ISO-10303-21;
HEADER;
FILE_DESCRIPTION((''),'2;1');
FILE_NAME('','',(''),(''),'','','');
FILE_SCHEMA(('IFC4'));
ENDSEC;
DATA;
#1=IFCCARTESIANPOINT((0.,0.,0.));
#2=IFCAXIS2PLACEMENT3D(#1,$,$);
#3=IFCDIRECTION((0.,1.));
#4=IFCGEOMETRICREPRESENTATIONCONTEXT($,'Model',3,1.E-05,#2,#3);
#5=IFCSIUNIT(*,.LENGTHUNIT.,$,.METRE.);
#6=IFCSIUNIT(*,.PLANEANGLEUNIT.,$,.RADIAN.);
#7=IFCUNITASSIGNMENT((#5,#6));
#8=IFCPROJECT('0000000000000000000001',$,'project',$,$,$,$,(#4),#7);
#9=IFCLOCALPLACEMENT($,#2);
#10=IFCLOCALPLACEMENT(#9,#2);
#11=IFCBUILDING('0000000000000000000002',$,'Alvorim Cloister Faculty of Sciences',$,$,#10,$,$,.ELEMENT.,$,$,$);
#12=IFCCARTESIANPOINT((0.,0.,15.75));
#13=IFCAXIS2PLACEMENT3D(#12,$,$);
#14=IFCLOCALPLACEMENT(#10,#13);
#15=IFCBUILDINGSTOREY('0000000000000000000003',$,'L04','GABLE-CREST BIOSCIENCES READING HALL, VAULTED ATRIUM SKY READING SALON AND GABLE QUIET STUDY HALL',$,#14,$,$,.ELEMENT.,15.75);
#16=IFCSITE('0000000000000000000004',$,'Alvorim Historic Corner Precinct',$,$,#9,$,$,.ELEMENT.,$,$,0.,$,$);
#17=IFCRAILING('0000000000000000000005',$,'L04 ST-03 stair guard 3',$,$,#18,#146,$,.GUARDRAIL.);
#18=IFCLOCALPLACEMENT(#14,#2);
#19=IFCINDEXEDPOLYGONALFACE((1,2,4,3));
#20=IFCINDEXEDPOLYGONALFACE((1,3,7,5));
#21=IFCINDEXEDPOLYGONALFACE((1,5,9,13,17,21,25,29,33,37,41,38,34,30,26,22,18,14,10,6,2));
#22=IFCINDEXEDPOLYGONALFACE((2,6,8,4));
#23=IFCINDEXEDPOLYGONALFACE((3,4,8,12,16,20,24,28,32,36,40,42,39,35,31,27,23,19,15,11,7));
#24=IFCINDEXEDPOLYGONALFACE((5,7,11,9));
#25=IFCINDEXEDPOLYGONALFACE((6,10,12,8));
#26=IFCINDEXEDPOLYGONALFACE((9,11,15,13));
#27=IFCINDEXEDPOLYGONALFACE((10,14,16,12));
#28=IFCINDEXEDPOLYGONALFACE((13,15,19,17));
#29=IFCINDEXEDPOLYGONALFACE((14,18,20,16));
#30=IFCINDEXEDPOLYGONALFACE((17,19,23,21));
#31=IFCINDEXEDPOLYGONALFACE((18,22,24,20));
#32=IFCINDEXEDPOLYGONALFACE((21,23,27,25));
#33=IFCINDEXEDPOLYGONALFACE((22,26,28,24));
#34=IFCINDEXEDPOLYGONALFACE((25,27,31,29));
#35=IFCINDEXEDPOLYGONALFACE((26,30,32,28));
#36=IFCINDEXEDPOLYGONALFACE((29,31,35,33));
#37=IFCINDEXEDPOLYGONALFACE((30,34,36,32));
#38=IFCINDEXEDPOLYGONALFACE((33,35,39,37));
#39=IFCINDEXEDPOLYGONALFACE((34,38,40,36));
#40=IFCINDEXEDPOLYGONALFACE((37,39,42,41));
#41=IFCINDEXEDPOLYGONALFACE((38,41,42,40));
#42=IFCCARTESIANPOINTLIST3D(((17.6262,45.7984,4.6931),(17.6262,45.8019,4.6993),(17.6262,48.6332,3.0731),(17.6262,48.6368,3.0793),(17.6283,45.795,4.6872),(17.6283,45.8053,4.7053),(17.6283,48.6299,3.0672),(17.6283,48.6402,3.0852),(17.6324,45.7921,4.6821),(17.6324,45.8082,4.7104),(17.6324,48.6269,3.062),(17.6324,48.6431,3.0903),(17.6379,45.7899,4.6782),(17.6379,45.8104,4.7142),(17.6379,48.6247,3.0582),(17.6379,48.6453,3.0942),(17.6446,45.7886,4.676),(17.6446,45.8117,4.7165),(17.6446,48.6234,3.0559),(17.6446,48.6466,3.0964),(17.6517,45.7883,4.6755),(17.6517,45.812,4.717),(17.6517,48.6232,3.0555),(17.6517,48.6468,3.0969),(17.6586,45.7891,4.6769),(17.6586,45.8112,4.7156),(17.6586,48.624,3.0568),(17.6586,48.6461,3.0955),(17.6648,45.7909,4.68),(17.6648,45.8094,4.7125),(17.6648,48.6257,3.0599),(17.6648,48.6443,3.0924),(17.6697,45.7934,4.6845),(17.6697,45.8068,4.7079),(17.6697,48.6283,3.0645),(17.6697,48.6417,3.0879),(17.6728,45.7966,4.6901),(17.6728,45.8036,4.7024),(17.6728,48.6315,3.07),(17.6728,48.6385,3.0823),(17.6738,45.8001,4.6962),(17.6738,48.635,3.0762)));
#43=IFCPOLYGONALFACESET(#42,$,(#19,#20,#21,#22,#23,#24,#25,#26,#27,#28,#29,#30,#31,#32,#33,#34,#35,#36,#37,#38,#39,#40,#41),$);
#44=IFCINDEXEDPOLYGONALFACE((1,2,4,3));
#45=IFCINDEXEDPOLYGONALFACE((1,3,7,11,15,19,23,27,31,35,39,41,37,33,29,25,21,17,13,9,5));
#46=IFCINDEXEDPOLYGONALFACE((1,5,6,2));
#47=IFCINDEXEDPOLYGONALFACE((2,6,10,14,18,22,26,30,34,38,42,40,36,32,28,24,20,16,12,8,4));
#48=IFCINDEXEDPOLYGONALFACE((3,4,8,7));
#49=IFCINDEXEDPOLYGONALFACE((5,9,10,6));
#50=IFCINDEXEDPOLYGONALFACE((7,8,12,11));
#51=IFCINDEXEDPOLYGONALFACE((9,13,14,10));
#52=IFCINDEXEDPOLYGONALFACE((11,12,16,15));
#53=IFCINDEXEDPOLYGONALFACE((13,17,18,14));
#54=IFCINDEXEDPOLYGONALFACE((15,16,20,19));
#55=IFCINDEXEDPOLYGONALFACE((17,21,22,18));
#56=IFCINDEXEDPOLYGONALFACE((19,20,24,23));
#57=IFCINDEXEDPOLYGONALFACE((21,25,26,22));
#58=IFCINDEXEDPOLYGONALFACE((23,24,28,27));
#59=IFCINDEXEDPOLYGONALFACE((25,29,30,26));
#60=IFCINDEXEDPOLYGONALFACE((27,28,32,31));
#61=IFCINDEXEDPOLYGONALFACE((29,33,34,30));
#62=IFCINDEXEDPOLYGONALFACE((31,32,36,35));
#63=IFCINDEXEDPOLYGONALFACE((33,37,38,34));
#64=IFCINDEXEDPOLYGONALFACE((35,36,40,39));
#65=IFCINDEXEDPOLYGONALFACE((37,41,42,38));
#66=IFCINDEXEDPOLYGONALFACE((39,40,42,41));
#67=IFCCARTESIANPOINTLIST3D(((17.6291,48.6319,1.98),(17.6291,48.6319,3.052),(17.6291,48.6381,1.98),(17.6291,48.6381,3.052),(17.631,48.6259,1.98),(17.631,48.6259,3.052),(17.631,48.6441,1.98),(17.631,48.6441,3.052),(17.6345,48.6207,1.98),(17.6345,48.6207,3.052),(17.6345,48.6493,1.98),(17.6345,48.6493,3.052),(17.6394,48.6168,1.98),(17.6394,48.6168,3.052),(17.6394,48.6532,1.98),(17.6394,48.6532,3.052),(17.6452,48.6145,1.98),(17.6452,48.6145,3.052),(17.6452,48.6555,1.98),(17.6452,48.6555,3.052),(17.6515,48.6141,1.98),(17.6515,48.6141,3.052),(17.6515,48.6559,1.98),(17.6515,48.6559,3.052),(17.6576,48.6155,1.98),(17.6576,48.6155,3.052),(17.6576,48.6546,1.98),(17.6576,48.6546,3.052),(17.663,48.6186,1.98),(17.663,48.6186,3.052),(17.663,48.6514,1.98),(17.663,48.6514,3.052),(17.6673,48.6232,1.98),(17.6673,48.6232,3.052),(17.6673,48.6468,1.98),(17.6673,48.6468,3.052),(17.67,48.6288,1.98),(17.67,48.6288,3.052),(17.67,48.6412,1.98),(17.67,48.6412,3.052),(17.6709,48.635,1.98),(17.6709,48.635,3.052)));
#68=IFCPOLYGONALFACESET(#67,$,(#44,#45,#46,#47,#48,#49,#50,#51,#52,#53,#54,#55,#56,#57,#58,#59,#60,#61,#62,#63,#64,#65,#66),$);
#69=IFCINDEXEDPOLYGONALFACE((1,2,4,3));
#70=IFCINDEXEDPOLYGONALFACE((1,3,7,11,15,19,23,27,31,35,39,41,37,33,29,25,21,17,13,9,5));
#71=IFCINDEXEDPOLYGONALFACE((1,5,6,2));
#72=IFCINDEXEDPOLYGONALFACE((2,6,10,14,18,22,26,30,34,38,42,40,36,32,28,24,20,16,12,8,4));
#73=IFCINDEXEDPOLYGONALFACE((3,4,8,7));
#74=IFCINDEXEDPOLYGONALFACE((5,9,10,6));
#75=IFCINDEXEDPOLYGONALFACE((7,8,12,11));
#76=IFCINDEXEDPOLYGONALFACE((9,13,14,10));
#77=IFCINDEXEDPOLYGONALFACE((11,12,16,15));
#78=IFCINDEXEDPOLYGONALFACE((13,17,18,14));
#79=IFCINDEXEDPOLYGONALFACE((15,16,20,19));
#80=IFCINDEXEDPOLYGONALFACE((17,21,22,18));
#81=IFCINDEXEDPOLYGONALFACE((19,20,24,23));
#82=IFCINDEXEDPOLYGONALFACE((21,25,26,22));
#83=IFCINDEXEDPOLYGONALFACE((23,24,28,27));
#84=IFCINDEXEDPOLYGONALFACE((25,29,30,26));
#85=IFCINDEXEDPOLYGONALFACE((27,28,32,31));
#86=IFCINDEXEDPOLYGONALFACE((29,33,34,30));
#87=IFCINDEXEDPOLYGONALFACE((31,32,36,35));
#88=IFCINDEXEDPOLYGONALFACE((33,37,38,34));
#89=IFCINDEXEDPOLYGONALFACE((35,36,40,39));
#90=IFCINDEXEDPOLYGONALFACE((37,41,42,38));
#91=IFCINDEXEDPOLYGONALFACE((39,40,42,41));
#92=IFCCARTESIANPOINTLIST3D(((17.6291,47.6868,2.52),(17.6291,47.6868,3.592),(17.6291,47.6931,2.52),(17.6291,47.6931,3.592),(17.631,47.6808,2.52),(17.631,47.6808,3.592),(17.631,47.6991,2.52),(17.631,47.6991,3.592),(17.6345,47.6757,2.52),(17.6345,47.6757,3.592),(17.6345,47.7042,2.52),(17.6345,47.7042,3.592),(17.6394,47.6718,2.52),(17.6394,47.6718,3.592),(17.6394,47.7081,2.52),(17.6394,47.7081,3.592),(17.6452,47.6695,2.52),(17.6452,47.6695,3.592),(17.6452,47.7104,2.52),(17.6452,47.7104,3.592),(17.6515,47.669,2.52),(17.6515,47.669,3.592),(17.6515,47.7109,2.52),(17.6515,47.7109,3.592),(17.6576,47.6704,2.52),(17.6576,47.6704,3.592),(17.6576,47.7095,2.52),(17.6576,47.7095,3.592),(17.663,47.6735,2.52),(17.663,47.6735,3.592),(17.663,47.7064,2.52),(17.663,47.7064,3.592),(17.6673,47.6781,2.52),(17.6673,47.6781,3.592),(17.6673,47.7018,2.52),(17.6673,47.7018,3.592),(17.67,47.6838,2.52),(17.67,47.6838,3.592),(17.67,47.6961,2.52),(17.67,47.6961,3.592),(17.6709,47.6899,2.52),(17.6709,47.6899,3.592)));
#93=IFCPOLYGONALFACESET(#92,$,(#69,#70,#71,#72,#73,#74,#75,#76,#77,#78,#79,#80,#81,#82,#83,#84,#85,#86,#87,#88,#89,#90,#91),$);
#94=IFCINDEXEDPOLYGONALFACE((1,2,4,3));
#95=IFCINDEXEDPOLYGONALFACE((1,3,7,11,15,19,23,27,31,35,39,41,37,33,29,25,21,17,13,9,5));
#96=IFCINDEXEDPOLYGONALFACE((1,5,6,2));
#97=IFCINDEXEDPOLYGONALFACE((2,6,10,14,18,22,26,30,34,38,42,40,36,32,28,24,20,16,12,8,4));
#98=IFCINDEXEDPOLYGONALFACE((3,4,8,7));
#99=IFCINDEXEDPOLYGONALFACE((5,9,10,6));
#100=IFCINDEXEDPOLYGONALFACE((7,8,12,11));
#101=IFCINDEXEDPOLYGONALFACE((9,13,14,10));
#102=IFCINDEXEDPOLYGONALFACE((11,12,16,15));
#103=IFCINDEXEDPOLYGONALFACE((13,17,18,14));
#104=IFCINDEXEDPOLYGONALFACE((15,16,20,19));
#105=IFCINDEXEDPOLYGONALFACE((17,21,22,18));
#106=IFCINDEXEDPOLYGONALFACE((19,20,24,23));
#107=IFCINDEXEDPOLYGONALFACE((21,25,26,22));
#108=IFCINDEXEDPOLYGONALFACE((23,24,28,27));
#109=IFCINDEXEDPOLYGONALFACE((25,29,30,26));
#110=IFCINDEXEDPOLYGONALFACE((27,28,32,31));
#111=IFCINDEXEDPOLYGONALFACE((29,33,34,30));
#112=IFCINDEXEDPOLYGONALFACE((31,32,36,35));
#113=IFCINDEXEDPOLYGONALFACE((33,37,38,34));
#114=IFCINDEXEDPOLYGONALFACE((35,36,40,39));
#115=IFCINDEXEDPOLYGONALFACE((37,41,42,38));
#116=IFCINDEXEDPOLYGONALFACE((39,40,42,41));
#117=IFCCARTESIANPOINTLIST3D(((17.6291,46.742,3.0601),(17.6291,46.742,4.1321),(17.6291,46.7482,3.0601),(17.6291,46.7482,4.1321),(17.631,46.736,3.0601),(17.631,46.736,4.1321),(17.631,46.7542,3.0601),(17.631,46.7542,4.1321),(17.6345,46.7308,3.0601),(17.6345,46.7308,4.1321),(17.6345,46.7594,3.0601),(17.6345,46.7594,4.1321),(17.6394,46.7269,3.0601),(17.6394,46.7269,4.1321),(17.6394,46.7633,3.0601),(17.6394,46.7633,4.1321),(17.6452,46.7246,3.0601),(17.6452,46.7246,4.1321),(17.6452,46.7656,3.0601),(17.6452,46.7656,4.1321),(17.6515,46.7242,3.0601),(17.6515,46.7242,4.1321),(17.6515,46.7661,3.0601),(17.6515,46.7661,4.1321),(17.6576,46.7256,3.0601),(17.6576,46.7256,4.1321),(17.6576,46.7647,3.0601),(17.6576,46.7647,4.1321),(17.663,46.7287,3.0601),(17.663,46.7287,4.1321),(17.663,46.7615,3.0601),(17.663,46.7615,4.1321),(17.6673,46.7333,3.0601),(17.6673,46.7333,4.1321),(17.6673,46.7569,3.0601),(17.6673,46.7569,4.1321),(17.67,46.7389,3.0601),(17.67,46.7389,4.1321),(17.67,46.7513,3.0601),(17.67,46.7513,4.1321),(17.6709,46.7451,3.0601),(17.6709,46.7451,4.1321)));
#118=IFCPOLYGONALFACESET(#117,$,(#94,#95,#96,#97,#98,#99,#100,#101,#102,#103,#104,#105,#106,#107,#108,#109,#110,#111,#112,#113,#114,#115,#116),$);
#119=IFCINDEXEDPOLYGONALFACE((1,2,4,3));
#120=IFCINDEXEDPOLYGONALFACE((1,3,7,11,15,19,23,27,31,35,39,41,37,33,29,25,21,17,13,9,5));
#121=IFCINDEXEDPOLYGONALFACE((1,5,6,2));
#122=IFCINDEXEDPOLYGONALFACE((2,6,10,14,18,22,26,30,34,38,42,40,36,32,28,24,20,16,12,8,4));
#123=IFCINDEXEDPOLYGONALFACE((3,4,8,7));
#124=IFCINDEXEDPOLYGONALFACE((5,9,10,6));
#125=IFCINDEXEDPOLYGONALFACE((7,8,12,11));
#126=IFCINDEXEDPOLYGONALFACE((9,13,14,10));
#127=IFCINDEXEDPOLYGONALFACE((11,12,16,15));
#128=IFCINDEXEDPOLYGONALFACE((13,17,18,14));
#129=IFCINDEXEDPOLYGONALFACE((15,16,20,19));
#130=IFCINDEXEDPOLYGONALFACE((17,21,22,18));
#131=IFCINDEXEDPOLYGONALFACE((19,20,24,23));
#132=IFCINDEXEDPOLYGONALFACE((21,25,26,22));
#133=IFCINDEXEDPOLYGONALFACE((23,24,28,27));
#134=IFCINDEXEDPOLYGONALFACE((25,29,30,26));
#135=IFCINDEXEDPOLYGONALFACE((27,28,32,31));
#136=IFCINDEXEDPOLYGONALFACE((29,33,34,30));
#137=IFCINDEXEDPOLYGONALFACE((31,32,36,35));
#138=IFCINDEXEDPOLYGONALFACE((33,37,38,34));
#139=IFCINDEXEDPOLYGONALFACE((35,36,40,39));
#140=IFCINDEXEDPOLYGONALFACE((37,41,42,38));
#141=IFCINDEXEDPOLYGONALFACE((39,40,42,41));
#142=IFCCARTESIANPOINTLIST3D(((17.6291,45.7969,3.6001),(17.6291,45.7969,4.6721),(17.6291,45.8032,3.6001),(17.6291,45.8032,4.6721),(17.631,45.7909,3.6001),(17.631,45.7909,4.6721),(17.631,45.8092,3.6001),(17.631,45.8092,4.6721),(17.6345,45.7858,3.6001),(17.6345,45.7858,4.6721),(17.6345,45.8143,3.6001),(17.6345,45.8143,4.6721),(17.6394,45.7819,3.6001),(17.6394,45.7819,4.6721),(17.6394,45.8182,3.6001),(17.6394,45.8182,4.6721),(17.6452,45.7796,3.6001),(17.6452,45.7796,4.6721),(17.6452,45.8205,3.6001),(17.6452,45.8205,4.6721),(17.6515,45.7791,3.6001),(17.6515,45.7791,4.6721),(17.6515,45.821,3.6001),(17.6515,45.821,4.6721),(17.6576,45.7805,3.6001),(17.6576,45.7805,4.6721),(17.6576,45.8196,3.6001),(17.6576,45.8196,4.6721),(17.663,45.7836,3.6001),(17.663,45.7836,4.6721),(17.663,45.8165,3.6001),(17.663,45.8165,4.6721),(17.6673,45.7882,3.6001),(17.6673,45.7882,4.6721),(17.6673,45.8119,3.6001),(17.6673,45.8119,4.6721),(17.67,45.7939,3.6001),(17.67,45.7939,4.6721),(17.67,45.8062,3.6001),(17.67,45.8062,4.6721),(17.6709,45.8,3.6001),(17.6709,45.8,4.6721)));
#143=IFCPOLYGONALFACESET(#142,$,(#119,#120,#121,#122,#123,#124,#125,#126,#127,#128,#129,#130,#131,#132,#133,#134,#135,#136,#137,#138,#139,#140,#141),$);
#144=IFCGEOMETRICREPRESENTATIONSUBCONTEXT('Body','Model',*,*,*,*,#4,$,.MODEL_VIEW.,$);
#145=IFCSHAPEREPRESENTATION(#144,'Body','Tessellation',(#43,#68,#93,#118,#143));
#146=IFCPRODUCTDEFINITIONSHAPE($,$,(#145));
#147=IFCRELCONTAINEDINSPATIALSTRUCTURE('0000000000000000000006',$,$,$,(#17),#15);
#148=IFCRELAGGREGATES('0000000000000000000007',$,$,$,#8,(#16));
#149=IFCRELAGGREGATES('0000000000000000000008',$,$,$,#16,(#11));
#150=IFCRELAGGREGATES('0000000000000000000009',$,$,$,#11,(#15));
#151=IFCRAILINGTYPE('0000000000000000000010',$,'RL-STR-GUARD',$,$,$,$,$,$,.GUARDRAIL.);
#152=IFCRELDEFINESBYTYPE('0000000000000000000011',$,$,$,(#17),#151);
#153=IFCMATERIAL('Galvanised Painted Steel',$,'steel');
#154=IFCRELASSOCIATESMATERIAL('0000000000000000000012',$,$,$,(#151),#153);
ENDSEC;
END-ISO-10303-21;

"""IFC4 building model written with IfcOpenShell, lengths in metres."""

from ifc_helpers import new_model, si_unit, direction, frame, origin, origin_2d, place, context, subcontext, project, spatial, circle, extrude, material, type_object, element, save


model = new_model("IFC4")

# Units and contexts
model_context = context("Model", 3, precision=1e-05, world=origin(), true_north=direction((0.0, 1.0)))
body_context = subcontext(model_context, "Body", "Model", "MODEL_VIEW")
ifc_project = project(units=[si_unit("LENGTHUNIT", "METRE"), si_unit("PLANEANGLEUNIT", "RADIAN")], contexts=[model_context])

# Site, building, storey
site_placement = place(None, origin())
site = spatial("IfcSite", under=ifc_project, at=site_placement, Name="Alvorim Historic Corner Precinct", CompositionType="ELEMENT", RefElevation=0.0)
building_placement = place(site_placement, origin())
building = spatial("IfcBuilding", under=site, at=building_placement, Name="Alvorim Cloister Faculty of Sciences", CompositionType="ELEMENT")
storey_placement = place(building_placement, frame((0.0, 0.0, 15.75)))
storey = spatial("IfcBuildingStorey", under=building, at=storey_placement, Name="L04", Description="GABLE-CREST BIOSCIENCES READING HALL, VAULTED ATRIUM SKY READING SALON AND GABLE QUIET STUDY HALL", CompositionType="ELEMENT", Elevation=15.75)

# Railing
ifc_material_1 = material(Name="Galvanised Painted Steel", Category="steel")
railing_type_1 = type_object("IfcRailingType", Name="RL-STR-GUARD", PredefinedType="GUARDRAIL", material=ifc_material_1)
railing_1_placement = place(storey_placement, frame((17.6499, 48.635, 1.98)))
element("IfcRailing", 1, at=railing_1_placement, inside=storey, type_object=railing_type_1, Name="L04 ST-03 stair guard 3", PredefinedType="GUARDRAIL", context=body_context, shape_type="SweptSolid", body=[
    extrude(circle(Radius=0.0239, at=origin_2d()), frame((0.0, 0.0, 1.0962), z_axis=(0.0, -0.868225, 0.496171), x_axis=(1.0, 0.0, 0.0)), (0.0, 0.0, 1.0), 3.2651),
    extrude(circle(Radius=0.021, at=origin_2d()), origin(), (0.0, 0.0, 1.0), 1.072),
    extrude(circle(Radius=0.021, at=origin_2d()), frame((0.0, -0.9451, 0.54)), (0.0, 0.0, 1.0), 1.072),
    extrude(circle(Radius=0.021, at=origin_2d()), frame((0.0, -1.8899, 1.0801)), (0.0, 0.0, 1.0), 1.072),
    extrude(circle(Radius=0.021, at=origin_2d()), frame((0.0, -2.835, 1.6201)), (0.0, 0.0, 1.0), 1.072),
])

save(model, "model.ifc")
